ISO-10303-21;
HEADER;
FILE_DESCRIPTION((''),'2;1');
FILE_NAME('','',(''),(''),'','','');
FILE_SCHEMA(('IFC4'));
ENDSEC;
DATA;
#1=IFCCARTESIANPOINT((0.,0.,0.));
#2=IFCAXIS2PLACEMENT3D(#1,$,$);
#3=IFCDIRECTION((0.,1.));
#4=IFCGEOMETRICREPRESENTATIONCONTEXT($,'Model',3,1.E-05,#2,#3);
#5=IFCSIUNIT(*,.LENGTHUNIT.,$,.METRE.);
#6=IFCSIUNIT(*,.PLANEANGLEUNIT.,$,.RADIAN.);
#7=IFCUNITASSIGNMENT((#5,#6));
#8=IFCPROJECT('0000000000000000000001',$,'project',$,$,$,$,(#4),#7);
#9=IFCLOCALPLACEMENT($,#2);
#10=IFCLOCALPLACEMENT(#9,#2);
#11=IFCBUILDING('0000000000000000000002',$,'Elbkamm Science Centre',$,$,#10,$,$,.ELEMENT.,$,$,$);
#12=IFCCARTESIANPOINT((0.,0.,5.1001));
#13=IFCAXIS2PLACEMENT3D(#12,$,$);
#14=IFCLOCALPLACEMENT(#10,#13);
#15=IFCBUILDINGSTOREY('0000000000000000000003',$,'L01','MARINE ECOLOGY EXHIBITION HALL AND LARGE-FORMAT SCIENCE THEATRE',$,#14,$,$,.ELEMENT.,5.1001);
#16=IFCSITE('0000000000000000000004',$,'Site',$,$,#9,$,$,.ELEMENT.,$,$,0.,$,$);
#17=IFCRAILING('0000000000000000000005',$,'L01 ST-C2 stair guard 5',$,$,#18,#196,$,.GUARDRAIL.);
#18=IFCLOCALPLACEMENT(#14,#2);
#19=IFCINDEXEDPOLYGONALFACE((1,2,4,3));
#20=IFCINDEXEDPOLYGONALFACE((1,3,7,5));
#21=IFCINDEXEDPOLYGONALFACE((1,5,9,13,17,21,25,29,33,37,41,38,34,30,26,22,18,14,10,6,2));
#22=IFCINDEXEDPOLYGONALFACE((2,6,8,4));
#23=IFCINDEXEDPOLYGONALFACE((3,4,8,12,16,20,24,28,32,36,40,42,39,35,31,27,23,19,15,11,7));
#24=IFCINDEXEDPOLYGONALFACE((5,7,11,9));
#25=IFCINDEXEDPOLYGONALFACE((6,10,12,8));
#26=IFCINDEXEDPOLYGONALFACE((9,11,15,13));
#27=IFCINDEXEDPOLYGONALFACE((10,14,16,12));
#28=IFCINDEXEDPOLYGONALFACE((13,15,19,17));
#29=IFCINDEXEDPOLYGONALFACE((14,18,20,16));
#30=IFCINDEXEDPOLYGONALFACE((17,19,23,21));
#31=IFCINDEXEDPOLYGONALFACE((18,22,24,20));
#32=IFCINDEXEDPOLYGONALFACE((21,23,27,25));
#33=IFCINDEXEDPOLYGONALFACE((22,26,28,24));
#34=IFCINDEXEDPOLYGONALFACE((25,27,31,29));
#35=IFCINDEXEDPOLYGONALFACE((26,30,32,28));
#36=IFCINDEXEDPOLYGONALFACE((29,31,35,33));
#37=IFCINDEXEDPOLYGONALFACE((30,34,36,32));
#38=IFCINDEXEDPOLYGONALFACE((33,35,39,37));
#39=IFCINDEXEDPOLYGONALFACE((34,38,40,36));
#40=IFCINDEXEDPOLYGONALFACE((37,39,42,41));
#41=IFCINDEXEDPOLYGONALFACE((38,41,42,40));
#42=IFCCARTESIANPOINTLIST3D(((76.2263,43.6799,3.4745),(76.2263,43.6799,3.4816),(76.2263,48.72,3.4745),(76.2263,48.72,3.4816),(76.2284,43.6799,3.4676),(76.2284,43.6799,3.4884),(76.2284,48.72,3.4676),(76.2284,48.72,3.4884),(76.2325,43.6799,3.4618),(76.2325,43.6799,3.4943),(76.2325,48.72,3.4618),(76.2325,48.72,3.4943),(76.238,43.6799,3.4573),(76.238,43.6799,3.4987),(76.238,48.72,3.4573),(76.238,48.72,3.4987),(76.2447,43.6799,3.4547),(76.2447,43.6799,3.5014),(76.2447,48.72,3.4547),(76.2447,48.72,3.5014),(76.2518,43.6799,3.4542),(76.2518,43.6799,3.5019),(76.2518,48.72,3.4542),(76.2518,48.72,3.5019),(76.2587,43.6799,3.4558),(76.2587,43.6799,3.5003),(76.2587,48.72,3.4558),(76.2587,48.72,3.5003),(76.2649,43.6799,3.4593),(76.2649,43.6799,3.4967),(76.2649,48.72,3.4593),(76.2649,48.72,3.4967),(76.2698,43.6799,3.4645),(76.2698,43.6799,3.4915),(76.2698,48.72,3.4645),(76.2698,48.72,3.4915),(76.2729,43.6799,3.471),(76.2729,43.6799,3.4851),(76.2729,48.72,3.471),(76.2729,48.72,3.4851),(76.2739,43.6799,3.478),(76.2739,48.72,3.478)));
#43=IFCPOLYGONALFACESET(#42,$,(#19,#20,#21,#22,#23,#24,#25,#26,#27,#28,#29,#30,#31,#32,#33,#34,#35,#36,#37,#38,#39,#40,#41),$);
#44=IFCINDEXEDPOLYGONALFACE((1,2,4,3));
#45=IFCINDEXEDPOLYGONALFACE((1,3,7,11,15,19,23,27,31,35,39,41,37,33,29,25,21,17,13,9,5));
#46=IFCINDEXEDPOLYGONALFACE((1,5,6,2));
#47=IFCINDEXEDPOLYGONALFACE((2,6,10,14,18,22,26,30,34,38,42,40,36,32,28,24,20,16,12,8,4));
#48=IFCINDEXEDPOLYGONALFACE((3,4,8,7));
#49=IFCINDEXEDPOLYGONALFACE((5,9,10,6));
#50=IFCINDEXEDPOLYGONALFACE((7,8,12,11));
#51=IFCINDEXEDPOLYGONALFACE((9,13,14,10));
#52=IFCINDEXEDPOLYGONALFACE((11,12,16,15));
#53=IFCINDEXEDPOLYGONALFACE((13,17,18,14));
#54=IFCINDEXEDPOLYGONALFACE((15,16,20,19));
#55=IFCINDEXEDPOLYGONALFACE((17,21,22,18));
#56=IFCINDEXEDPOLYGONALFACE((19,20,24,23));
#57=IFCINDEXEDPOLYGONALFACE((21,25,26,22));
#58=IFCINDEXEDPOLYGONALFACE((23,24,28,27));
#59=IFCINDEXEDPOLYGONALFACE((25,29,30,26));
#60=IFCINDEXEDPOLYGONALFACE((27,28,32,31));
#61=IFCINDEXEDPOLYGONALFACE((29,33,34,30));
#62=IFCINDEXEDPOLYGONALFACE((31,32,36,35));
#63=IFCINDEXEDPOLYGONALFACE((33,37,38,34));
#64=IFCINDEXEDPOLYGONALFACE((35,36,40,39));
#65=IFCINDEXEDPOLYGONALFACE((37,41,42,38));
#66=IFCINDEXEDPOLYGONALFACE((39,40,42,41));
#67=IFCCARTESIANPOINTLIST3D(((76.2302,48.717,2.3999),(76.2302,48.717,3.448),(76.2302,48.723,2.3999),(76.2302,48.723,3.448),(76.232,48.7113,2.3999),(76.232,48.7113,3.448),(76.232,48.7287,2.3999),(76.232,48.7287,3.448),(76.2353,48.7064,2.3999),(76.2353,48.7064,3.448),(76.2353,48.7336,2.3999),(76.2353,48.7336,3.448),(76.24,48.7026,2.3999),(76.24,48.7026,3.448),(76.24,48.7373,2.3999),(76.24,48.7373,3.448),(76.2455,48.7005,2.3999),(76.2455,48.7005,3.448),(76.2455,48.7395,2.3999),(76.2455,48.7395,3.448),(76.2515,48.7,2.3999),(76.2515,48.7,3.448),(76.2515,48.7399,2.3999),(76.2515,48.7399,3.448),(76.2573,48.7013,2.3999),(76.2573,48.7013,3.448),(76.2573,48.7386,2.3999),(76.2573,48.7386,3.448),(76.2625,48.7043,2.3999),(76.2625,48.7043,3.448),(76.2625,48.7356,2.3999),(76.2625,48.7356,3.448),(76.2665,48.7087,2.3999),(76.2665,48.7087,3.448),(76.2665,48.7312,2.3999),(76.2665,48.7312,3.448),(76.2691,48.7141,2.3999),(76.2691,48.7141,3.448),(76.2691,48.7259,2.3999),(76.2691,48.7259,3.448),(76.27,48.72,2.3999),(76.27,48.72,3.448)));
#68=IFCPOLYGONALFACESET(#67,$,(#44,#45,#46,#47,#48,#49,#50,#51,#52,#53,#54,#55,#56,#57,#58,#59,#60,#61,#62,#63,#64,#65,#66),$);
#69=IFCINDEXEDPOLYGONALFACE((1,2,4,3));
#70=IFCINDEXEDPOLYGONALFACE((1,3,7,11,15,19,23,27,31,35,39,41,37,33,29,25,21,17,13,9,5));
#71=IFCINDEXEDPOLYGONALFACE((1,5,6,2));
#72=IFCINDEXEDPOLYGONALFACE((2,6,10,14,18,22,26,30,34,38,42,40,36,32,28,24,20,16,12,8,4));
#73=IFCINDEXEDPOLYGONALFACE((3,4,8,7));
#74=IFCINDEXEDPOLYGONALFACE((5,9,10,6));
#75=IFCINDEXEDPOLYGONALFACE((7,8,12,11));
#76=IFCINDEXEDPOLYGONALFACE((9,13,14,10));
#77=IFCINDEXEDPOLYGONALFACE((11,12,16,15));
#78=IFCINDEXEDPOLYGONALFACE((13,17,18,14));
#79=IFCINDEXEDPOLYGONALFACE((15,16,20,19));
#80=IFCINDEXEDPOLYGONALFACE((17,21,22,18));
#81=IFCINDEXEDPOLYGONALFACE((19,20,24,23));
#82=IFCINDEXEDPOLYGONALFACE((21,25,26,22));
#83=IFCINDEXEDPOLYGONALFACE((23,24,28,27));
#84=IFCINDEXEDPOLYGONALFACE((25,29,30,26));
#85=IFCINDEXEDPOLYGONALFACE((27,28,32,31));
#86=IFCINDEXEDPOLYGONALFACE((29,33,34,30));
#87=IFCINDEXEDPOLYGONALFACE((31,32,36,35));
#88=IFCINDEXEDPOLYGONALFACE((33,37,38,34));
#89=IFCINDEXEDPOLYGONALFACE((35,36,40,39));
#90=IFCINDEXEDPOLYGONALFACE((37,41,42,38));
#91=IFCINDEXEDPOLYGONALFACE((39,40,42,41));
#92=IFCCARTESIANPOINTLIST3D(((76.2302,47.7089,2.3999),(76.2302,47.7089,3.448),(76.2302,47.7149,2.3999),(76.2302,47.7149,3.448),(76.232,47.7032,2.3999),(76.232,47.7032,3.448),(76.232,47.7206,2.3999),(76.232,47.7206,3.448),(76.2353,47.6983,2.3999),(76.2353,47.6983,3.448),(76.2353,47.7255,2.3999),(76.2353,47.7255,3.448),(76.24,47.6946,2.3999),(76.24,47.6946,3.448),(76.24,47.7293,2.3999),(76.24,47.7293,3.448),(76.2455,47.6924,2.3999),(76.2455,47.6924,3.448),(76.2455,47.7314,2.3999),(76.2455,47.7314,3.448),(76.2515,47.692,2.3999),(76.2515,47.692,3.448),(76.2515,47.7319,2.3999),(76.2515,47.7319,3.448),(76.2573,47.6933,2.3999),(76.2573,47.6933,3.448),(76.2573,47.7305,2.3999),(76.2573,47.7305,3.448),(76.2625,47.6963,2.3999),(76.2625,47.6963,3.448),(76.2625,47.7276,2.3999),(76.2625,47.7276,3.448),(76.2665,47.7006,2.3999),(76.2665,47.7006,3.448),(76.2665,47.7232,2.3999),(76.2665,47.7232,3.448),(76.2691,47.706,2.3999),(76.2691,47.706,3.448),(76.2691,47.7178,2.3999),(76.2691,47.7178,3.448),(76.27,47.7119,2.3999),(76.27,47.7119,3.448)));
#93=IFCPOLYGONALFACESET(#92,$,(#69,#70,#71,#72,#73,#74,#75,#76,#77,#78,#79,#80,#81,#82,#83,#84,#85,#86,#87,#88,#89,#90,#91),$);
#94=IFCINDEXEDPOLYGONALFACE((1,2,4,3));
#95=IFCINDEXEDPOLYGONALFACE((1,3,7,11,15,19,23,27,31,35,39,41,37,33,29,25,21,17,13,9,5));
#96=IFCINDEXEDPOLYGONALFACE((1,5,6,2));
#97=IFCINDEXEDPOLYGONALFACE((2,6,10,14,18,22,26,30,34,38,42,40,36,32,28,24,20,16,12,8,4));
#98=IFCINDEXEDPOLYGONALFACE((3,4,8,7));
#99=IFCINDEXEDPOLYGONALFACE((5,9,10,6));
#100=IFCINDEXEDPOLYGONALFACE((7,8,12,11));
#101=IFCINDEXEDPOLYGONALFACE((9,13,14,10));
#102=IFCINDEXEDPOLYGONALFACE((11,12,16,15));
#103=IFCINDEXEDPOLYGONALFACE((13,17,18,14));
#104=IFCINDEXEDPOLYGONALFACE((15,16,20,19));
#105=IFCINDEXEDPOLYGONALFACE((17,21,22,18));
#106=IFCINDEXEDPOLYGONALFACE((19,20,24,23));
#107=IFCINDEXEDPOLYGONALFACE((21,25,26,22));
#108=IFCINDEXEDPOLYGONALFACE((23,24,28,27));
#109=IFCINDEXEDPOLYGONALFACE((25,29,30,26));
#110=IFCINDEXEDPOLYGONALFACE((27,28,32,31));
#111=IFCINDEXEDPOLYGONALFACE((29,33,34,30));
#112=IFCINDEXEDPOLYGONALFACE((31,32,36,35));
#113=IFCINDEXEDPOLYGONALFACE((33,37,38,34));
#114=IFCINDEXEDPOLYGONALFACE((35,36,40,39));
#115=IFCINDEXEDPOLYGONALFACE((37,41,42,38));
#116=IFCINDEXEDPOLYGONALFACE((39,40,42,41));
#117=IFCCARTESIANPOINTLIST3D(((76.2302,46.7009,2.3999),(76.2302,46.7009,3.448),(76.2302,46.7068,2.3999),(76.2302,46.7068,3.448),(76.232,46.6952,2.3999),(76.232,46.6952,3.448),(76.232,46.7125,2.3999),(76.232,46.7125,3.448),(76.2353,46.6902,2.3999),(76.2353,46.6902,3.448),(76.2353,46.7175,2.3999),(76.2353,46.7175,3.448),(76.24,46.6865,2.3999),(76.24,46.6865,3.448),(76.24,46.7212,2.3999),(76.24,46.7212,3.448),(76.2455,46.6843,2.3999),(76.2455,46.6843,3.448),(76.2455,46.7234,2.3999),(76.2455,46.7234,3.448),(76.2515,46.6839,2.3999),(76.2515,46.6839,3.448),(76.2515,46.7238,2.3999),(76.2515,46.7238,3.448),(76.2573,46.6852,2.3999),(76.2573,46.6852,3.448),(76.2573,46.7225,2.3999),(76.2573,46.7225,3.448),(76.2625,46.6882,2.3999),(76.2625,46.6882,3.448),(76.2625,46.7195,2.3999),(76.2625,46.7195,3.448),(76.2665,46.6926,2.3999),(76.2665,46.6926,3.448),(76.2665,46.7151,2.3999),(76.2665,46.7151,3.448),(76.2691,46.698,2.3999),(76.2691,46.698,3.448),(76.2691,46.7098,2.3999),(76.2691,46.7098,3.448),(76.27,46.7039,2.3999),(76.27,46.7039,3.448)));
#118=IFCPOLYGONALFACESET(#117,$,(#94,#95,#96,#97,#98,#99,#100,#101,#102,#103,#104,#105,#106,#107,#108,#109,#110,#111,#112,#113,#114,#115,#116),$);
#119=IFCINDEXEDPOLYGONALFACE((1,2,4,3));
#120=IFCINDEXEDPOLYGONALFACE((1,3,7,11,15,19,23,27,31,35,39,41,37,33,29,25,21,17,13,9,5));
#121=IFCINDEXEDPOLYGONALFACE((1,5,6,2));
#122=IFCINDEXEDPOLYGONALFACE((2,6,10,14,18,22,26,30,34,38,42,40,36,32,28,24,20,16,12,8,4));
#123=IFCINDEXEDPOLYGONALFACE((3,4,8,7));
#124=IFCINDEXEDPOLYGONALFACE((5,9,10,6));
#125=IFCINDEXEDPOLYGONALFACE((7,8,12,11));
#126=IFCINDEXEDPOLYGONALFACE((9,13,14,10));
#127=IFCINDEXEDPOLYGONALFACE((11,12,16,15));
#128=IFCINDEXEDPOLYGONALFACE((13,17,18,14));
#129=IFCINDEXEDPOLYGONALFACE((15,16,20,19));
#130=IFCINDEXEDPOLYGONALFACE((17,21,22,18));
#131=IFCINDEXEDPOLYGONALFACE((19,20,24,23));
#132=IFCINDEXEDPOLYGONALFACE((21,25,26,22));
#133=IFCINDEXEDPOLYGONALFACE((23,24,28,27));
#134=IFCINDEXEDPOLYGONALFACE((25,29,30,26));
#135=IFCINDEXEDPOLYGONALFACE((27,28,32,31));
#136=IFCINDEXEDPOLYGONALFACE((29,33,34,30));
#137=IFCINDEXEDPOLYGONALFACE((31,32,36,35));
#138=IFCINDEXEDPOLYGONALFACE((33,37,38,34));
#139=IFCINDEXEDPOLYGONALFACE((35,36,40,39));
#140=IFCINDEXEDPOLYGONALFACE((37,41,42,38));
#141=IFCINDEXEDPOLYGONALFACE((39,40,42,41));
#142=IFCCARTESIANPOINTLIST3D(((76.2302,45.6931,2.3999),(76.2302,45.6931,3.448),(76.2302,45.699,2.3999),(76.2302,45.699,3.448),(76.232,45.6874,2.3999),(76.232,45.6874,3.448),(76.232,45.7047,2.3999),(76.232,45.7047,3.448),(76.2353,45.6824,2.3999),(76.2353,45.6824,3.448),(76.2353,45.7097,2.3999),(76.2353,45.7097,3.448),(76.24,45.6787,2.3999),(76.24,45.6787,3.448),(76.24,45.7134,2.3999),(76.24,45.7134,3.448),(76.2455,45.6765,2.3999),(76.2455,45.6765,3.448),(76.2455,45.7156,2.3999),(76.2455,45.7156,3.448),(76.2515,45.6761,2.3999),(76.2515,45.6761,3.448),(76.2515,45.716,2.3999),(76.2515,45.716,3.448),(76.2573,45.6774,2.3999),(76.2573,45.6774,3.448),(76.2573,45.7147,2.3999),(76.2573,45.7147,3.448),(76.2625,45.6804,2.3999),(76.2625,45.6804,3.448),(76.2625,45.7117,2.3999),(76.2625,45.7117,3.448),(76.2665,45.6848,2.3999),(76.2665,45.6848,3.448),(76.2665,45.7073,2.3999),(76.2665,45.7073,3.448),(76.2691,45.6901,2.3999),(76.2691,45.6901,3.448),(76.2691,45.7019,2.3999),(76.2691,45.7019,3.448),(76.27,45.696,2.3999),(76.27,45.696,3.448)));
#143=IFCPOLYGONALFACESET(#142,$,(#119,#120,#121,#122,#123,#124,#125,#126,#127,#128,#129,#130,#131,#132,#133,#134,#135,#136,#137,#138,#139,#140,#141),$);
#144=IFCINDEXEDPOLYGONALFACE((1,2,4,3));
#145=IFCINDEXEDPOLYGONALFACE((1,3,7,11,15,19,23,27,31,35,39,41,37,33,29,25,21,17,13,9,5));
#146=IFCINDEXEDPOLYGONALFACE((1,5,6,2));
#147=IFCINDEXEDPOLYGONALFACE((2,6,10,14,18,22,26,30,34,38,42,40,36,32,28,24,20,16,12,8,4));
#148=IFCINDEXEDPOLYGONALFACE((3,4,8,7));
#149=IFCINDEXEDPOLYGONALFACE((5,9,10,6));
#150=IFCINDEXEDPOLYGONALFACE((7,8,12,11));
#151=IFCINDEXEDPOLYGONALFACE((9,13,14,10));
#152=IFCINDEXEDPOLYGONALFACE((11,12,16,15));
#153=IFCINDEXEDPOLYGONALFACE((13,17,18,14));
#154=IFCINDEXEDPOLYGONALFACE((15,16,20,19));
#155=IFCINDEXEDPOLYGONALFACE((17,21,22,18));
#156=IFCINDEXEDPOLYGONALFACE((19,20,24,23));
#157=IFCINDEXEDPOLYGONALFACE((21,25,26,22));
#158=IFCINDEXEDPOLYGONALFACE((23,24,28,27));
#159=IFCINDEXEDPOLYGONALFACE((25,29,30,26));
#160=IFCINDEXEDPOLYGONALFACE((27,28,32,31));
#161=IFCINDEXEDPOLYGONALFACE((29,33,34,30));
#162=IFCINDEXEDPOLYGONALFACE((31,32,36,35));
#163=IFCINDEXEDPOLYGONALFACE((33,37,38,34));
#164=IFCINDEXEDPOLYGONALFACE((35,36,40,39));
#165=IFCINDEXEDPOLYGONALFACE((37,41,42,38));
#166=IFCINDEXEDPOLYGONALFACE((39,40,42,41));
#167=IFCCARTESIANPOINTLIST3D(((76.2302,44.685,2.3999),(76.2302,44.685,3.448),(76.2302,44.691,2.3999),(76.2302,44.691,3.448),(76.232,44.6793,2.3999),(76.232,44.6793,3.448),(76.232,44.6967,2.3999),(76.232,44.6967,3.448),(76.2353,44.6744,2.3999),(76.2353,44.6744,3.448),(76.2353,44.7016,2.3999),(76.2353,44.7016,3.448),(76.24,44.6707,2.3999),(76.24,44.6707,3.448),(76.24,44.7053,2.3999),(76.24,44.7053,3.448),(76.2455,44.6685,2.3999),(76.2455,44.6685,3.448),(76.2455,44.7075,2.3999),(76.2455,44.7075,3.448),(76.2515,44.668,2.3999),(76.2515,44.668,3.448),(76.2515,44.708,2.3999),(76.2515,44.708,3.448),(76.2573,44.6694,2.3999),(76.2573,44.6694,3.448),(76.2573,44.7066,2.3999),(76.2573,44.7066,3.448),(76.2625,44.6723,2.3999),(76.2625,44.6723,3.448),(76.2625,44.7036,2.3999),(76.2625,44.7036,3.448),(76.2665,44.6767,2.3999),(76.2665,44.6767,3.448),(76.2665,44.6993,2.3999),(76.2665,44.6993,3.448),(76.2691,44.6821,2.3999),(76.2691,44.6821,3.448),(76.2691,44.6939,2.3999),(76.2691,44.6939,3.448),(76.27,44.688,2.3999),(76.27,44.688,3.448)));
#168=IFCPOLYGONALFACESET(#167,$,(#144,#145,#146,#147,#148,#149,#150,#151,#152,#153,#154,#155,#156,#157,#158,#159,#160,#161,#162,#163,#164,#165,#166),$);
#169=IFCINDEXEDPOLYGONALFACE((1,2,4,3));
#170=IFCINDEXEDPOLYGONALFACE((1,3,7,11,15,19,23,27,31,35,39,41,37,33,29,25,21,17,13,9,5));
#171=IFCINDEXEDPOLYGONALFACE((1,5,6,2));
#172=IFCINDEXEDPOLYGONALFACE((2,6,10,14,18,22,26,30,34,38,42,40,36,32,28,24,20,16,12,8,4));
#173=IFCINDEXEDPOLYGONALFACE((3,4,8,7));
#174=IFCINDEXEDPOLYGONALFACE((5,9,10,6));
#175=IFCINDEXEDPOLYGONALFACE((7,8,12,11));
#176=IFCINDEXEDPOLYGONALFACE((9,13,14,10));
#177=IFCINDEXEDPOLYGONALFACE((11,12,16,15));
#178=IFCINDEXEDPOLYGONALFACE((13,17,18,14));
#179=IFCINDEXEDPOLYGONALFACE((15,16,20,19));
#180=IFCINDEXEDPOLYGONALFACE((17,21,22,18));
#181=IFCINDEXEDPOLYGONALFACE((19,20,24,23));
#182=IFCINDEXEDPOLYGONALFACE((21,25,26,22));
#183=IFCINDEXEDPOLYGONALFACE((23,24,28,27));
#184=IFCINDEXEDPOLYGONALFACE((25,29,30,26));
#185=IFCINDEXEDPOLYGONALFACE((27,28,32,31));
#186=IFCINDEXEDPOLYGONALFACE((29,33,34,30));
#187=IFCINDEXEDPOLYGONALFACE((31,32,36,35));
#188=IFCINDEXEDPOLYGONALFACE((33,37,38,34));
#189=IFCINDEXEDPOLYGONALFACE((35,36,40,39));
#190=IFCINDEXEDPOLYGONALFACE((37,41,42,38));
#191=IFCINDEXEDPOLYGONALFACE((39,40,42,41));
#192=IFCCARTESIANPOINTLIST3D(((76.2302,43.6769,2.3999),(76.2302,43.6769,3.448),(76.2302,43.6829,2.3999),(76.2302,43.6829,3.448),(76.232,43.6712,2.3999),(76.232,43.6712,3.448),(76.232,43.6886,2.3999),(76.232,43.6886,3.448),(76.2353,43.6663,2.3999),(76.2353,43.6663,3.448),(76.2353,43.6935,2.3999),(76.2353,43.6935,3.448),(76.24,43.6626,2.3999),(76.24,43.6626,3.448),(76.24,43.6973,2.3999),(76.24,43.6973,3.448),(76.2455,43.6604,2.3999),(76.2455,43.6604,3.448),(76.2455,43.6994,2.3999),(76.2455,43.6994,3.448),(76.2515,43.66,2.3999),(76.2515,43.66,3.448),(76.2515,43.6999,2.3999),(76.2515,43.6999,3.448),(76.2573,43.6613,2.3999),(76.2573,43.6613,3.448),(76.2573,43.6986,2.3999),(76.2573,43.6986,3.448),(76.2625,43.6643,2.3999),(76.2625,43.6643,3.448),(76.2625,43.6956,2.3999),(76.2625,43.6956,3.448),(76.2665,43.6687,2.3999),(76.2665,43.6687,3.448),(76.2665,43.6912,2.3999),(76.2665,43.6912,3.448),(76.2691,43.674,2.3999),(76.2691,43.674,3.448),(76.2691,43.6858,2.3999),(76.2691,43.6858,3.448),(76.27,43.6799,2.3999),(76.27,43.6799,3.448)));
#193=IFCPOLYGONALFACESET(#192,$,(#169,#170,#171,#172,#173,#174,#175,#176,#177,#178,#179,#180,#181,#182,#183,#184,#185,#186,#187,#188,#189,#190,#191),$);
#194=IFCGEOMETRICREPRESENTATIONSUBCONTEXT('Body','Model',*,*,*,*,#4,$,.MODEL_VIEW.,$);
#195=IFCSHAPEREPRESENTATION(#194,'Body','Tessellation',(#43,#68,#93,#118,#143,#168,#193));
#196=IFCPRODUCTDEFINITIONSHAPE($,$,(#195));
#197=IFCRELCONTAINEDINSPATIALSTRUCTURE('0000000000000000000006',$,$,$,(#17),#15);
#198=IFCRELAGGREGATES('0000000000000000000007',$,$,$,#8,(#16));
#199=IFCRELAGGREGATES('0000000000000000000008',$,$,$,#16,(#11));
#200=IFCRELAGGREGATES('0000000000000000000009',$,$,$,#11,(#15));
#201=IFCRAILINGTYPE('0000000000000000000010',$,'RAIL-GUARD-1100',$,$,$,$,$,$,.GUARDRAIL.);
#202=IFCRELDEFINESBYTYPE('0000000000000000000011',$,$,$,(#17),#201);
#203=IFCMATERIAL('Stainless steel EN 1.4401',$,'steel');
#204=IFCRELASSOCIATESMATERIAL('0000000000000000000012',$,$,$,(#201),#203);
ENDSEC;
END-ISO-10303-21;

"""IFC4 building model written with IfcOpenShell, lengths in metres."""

from ifc_helpers import new_model, si_unit, direction, frame, origin, origin_2d, place, context, subcontext, project, spatial, circle, extrude, material, type_object, element, save


model = new_model("IFC4")

# Units and contexts
model_context = context("Model", 3, precision=1e-05, world=origin(), true_north=direction((0.0, 1.0)))
body_context = subcontext(model_context, "Body", "Model", "MODEL_VIEW")
ifc_project = project(units=[si_unit("LENGTHUNIT", "METRE"), si_unit("PLANEANGLEUNIT", "RADIAN")], contexts=[model_context])

# Site, building, storey
site_placement = place(None, origin())
site = spatial("IfcSite", under=ifc_project, at=site_placement, Name="Site", CompositionType="ELEMENT", RefElevation=0.0)
building_placement = place(site_placement, origin())
building = spatial("IfcBuilding", under=site, at=building_placement, Name="Elbkamm Science Centre", CompositionType="ELEMENT")
storey_placement = place(building_placement, frame((0.0, 0.0, 5.1001)))
storey = spatial("IfcBuildingStorey", under=building, at=storey_placement, Name="L01", Description="MARINE ECOLOGY EXHIBITION HALL AND LARGE-FORMAT SCIENCE THEATRE", CompositionType="ELEMENT", Elevation=5.1001)

# Railing
ifc_material_1 = material(Name="Stainless steel EN 1.4401", Category="steel")
railing_type_1 = type_object("IfcRailingType", Name="RAIL-GUARD-1100", PredefinedType="GUARDRAIL", material=ifc_material_1)
railing_1_placement = place(storey_placement, frame((76.25, 48.72, 2.3999)))
element("IfcRailing", 1, at=railing_1_placement, inside=storey, type_object=railing_type_1, Name="L01 ST-C2 stair guard 5", PredefinedType="GUARDRAIL", context=body_context, shape_type="SweptSolid", body=[
    extrude(circle(Radius=0.0239, at=origin_2d()), frame((0.0, 0.0, 1.0781), z_axis=(0.0, -1.0, 0.0), x_axis=(1.0, 0.0, 0.0)), (0.0, 0.0, 1.0), 5.04),
    extrude(circle(Radius=0.02, at=origin_2d()), origin(), (0.0, 0.0, 1.0), 1.0481),
    extrude(circle(Radius=0.02, at=origin_2d()), frame((0.0, -1.0081, 0.0)), (0.0, 0.0, 1.0), 1.0481),
    extrude(circle(Radius=0.02, at=origin_2d()), frame((0.0, -2.0161, 0.0)), (0.0, 0.0, 1.0), 1.0481),
    extrude(circle(Radius=0.02, at=origin_2d()), frame((0.0, -3.0239, 0.0)), (0.0, 0.0, 1.0), 1.0481),
    extrude(circle(Radius=0.02, at=origin_2d()), frame((0.0, -4.032, 0.0)), (0.0, 0.0, 1.0), 1.0481),
    extrude(circle(Radius=0.02, at=origin_2d()), frame((0.0, -5.04, 0.0)), (0.0, 0.0, 1.0), 1.0481),
])

save(model, "model.ifc")
